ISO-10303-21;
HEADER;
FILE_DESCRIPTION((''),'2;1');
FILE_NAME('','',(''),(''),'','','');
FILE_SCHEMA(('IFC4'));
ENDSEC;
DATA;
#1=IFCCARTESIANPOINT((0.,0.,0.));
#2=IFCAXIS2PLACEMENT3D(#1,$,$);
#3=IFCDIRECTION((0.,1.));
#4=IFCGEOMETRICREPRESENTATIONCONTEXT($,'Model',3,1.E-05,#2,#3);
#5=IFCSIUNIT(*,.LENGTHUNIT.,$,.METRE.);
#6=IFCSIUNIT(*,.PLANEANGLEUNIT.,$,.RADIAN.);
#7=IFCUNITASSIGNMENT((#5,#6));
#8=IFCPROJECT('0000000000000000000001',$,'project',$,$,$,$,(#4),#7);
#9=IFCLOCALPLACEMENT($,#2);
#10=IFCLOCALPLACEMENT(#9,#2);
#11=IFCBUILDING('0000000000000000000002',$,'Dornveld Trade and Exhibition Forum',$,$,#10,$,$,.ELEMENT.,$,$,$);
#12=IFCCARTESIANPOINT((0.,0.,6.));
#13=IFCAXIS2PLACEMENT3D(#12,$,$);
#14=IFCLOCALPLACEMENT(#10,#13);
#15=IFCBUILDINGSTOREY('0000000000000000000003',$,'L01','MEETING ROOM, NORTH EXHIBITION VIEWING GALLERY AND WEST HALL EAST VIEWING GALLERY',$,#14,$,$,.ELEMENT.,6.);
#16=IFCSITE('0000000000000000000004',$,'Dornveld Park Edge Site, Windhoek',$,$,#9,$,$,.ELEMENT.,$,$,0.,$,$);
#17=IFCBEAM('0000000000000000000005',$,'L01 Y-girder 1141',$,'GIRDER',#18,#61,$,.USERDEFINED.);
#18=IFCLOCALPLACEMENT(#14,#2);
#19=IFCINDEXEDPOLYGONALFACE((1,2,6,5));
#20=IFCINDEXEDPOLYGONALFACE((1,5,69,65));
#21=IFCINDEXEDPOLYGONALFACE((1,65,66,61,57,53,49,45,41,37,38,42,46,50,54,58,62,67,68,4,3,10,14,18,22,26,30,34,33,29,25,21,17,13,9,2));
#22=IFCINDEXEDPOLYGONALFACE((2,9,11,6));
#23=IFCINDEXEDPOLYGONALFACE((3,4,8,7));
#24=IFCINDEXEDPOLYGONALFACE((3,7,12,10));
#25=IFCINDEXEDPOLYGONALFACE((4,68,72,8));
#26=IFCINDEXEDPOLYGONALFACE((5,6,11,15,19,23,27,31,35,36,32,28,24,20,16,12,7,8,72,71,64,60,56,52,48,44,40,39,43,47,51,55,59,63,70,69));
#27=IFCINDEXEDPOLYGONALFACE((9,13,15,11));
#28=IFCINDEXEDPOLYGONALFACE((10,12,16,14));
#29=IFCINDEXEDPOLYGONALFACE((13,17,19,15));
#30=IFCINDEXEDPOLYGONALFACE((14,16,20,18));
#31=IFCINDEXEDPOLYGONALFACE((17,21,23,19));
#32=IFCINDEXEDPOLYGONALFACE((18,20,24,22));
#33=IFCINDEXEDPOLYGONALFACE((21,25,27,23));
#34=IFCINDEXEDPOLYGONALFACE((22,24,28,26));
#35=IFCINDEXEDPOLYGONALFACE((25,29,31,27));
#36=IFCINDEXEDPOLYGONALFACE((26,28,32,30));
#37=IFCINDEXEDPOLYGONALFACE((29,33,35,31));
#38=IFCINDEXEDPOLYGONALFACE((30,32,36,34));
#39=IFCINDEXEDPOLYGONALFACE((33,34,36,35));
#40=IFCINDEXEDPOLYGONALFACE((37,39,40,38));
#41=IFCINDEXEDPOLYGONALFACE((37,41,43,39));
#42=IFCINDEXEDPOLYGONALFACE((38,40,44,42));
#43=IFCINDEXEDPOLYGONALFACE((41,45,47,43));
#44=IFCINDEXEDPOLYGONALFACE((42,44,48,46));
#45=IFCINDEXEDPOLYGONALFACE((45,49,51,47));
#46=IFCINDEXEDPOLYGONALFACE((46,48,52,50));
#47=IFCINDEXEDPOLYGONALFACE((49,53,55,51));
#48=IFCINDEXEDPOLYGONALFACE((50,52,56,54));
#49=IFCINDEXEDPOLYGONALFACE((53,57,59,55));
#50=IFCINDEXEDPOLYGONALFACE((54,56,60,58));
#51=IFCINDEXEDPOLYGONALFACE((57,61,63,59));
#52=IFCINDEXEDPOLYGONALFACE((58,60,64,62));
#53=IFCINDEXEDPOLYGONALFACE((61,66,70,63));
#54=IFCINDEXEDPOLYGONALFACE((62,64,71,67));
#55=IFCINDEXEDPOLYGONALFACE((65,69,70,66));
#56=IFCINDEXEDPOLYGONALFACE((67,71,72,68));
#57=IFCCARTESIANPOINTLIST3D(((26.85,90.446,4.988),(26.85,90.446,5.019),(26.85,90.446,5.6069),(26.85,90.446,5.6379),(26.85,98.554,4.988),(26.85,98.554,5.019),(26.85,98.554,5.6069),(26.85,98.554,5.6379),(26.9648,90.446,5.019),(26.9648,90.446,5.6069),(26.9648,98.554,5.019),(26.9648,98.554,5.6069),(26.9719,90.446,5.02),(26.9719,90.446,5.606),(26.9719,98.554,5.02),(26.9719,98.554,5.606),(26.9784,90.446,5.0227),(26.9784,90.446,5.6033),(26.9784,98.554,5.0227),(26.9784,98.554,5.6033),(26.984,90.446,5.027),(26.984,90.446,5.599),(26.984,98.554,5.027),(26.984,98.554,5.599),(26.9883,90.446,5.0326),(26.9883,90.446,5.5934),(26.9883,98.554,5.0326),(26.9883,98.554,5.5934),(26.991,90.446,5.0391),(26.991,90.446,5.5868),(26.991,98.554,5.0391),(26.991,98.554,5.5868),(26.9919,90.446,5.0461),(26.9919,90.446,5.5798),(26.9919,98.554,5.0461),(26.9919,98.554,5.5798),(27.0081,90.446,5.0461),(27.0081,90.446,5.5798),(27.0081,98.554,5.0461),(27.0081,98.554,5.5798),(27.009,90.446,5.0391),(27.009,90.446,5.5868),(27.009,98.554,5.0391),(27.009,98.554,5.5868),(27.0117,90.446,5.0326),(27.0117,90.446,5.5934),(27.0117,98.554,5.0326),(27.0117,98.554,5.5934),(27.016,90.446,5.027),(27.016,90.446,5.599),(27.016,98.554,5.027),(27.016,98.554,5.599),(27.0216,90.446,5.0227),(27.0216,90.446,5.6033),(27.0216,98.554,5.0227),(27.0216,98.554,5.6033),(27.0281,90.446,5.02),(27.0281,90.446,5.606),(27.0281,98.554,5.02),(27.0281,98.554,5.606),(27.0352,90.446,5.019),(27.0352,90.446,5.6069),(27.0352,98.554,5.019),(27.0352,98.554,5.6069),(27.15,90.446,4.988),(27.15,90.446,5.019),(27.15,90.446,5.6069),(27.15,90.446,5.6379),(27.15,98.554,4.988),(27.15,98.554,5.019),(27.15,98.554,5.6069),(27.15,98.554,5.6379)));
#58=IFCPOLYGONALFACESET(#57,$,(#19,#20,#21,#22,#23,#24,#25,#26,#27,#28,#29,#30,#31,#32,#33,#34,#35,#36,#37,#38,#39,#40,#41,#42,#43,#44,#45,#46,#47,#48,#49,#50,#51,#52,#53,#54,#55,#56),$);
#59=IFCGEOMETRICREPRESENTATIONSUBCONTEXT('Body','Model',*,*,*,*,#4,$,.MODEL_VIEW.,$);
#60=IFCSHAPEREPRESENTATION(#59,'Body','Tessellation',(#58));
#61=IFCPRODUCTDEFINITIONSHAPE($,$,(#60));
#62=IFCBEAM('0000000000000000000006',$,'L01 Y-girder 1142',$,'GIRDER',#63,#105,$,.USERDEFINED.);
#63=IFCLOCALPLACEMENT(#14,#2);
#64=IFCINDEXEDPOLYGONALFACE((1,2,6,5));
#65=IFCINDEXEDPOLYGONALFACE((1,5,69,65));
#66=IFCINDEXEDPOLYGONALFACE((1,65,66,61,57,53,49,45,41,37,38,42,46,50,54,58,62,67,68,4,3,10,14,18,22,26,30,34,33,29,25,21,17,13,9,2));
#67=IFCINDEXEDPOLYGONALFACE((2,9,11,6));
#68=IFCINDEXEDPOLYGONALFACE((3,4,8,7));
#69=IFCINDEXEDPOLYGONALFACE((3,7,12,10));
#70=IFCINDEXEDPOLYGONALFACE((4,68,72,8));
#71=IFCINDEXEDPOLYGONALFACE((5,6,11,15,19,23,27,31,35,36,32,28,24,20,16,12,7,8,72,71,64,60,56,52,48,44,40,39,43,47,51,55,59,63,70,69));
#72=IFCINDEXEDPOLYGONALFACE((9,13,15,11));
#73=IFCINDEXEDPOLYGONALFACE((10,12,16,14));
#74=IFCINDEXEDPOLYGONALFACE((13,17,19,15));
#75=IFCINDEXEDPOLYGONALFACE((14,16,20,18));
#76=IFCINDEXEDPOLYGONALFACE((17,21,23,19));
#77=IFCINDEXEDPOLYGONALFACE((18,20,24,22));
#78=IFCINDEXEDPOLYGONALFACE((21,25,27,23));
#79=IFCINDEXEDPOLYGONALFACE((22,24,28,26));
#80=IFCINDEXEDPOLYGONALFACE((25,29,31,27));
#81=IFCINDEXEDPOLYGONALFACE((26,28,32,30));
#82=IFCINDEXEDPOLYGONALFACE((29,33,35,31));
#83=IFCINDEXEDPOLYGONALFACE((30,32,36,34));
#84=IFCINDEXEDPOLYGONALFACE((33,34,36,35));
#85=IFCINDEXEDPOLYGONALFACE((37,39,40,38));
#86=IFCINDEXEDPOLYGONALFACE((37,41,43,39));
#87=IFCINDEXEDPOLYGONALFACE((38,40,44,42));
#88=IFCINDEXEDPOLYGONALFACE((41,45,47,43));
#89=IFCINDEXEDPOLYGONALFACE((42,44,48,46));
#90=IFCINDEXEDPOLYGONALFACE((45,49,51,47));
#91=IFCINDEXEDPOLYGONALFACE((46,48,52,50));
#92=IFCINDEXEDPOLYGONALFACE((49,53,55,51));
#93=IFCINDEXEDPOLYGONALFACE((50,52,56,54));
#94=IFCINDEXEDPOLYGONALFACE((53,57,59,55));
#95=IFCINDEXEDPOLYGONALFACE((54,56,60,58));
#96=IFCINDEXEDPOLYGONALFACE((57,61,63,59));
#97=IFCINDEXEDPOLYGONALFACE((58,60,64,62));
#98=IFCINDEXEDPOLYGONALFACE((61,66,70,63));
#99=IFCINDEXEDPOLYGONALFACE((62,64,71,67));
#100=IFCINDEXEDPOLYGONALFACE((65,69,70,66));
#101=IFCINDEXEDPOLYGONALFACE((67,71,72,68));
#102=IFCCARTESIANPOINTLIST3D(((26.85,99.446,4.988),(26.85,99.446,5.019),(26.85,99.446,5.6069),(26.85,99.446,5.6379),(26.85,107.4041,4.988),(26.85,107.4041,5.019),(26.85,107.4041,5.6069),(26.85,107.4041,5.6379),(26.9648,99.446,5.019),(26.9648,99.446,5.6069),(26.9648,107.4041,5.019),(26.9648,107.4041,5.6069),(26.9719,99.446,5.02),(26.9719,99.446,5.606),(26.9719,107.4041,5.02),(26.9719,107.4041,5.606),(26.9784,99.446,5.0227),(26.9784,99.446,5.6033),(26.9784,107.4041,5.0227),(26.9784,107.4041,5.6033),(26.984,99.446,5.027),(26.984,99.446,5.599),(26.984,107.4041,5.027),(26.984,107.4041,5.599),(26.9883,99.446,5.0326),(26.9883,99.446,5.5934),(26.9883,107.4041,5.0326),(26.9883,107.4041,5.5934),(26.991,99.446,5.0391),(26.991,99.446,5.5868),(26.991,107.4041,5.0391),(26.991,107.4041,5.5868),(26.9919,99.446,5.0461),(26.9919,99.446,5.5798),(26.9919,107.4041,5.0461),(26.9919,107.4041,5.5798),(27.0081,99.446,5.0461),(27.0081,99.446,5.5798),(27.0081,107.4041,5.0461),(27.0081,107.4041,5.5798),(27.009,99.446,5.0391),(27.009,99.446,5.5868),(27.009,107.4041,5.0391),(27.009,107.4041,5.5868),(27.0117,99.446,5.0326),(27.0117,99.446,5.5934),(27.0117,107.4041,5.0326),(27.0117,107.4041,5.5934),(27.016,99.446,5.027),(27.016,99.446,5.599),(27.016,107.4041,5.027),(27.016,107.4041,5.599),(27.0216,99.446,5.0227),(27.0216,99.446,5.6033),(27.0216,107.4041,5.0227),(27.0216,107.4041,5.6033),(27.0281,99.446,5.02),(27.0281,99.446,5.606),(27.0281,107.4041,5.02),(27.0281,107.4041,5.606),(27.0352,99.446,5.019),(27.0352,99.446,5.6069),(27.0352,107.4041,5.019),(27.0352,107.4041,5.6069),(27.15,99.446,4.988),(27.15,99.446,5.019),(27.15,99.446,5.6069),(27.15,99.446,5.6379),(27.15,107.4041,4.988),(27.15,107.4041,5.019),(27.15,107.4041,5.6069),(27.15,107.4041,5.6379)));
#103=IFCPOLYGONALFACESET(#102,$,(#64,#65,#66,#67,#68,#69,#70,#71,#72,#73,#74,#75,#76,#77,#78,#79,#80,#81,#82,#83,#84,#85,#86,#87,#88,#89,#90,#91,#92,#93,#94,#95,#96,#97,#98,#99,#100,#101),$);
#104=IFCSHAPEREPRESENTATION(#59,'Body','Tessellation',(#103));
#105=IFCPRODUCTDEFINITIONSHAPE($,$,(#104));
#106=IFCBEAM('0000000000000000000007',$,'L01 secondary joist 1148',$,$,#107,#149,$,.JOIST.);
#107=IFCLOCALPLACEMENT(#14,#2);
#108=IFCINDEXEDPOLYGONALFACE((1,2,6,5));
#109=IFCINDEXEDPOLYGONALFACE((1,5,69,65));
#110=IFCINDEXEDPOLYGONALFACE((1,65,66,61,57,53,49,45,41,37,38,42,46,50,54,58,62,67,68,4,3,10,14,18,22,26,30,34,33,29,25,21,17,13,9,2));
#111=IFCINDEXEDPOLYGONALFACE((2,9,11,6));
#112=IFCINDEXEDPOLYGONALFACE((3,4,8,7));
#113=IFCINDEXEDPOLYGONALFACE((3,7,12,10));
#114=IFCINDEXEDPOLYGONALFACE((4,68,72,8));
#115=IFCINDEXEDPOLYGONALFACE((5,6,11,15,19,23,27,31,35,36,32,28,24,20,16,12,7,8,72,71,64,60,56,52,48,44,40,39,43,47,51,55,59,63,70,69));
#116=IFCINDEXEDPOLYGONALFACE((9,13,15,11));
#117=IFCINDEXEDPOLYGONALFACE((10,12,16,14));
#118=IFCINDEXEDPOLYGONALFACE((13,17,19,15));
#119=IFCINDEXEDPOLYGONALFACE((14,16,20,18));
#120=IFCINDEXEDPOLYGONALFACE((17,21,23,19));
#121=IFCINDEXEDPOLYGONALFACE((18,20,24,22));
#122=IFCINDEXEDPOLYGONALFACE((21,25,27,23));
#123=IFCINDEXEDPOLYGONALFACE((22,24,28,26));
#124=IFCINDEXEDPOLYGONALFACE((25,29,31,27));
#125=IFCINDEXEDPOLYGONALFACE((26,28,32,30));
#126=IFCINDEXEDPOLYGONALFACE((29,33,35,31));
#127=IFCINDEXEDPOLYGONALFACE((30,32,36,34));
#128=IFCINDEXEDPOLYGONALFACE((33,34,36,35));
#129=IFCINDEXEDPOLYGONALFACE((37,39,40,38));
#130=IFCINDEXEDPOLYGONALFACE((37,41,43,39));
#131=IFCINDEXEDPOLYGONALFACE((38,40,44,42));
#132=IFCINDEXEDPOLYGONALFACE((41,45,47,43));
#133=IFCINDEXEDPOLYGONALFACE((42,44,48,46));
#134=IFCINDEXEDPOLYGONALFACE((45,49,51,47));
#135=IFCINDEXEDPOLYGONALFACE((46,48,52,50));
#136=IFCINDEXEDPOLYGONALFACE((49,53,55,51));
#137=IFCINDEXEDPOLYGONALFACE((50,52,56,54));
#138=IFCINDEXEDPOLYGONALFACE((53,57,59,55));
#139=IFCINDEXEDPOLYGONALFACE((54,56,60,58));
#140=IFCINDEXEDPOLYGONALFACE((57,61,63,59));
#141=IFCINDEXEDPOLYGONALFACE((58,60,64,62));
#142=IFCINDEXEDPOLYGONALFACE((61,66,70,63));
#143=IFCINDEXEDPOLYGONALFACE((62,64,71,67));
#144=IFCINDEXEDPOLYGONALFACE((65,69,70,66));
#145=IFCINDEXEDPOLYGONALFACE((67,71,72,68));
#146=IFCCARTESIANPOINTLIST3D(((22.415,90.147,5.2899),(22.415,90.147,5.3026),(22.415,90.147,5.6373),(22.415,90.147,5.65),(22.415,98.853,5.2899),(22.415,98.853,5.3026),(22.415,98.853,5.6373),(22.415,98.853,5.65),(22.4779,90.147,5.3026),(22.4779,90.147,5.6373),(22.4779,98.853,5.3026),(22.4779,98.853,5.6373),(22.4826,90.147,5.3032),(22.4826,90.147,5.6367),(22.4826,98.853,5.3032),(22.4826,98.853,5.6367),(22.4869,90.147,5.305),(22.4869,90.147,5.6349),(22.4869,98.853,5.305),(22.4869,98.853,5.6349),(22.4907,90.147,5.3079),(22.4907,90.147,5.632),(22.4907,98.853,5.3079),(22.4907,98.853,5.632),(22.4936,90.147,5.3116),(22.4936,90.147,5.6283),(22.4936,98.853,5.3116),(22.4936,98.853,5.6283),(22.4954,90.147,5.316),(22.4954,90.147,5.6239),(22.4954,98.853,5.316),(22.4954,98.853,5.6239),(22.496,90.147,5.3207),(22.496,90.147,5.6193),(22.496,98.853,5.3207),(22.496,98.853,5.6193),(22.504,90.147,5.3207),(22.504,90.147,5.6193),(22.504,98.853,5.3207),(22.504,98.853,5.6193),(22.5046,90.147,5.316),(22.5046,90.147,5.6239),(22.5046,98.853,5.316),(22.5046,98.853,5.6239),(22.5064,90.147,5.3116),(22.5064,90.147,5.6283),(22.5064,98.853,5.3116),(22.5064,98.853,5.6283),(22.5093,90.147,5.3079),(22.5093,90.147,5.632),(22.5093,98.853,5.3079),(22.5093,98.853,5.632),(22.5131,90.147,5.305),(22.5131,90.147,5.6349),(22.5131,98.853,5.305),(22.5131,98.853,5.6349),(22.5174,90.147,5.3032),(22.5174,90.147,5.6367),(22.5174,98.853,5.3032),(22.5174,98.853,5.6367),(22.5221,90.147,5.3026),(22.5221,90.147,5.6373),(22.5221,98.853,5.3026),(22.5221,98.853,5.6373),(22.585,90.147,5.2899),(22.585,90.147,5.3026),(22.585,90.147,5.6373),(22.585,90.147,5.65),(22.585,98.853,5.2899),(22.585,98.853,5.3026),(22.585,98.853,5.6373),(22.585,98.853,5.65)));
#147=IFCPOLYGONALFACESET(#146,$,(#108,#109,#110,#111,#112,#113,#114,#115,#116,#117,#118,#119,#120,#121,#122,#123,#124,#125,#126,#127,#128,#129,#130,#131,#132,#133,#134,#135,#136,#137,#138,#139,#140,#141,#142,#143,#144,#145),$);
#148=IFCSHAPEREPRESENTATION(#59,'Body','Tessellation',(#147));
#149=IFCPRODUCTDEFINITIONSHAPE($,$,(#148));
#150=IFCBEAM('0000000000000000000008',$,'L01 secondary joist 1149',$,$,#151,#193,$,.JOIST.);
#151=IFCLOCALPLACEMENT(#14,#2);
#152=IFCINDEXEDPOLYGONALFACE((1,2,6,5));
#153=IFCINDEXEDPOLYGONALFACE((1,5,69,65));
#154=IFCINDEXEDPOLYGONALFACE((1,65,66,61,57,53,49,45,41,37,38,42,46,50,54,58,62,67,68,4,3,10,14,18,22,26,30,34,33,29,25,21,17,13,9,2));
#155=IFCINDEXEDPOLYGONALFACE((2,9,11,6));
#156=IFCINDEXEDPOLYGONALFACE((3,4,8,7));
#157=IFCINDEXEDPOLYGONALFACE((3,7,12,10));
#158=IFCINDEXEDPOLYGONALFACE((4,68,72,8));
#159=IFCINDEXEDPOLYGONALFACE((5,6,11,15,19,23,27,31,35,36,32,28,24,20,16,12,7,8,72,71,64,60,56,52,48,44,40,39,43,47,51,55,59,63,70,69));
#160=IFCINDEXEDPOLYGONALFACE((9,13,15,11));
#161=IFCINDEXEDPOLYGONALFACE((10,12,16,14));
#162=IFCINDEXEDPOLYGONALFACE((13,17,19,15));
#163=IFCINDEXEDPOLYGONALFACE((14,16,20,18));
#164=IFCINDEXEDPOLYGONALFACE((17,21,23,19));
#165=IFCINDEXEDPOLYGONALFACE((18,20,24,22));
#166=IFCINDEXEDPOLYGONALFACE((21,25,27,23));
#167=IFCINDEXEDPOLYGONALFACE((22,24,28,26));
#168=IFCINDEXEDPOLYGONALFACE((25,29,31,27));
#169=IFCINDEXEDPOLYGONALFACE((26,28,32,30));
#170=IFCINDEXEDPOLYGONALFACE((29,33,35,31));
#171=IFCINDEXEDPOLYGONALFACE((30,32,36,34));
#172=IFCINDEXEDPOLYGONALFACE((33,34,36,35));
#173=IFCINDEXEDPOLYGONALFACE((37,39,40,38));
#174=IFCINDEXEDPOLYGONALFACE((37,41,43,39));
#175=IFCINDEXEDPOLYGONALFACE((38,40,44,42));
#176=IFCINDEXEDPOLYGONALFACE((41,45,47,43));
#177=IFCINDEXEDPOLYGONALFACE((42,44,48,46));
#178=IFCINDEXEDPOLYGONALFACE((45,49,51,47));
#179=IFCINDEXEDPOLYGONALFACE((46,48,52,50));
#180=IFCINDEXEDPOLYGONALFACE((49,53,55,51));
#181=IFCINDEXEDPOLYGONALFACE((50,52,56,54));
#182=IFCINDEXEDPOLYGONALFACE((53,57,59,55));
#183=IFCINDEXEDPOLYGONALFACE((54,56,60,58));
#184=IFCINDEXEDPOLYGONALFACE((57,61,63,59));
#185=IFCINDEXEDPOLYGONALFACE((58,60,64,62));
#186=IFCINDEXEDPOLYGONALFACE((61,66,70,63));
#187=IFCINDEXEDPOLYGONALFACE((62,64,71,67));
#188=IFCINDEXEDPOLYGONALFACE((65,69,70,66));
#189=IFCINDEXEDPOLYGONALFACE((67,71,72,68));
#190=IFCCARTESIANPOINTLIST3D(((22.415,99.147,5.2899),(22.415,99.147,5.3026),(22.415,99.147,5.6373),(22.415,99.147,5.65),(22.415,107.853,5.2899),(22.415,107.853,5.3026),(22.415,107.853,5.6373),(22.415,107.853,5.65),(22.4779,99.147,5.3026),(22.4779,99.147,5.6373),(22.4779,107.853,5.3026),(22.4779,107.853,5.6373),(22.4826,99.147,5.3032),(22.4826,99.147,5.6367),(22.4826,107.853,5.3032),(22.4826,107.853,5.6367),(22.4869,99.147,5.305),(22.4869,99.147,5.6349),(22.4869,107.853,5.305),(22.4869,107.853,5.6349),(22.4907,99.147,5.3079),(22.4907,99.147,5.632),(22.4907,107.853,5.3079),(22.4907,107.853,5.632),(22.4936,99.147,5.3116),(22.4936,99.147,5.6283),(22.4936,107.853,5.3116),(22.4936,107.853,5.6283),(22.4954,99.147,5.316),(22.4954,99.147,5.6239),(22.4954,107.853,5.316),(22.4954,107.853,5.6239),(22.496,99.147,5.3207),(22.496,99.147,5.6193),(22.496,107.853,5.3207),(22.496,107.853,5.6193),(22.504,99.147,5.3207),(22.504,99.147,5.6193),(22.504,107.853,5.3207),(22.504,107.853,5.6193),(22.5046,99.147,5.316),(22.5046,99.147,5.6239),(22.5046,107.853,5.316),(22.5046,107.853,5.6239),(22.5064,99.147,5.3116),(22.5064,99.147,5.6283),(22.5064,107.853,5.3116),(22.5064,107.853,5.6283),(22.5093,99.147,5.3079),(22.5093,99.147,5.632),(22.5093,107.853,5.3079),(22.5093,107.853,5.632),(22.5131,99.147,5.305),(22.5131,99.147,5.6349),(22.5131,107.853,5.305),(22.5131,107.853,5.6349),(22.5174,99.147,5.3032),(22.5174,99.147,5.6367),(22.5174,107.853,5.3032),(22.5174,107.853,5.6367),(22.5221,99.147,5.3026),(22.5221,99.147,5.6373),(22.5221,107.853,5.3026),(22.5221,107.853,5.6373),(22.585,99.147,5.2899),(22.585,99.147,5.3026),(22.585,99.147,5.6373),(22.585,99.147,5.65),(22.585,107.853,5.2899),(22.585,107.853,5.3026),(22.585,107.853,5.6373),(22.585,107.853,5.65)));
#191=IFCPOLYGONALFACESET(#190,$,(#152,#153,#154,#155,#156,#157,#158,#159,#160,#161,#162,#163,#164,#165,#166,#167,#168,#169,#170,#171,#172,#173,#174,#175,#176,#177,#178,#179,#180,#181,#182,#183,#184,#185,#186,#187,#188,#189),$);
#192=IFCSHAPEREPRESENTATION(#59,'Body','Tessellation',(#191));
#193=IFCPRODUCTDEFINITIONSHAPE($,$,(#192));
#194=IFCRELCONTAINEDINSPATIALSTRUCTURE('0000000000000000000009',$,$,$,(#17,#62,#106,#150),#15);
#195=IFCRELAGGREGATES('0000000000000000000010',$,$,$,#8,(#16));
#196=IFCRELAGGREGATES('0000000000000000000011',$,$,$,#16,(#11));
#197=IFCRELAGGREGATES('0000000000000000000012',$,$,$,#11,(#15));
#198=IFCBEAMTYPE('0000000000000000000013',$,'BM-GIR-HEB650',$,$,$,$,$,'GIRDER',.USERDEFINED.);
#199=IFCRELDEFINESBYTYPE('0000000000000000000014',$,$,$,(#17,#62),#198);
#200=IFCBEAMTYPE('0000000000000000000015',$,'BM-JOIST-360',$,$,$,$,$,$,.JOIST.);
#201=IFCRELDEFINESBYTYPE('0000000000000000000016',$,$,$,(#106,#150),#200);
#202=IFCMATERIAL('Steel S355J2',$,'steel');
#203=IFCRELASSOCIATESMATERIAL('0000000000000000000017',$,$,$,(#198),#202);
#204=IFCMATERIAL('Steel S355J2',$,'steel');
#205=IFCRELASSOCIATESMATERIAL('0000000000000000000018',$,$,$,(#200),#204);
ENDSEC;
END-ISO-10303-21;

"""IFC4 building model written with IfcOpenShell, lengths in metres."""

from ifc_helpers import new_model, si_unit, direction, frame, origin, origin_2d, place, context, subcontext, project, spatial, i_section, extrude, material, material_profile, profile_set, type_object, element, save


model = new_model("IFC4")

# Units and contexts
model_context = context("Model", 3, precision=1e-05, world=origin(), true_north=direction((0.0, 1.0)))
body_context = subcontext(model_context, "Body", "Model", "MODEL_VIEW")
ifc_project = project(units=[si_unit("LENGTHUNIT", "METRE"), si_unit("PLANEANGLEUNIT", "RADIAN")], contexts=[model_context])

# Site, building, storey
site_placement = place(None, origin())
site = spatial("IfcSite", under=ifc_project, at=site_placement, Name="Dornveld Park Edge Site, Windhoek", CompositionType="ELEMENT", RefElevation=0.0)
building_placement = place(site_placement, origin())
building = spatial("IfcBuilding", under=site, at=building_placement, Name="Dornveld Trade and Exhibition Forum", CompositionType="ELEMENT")
storey_placement = place(building_placement, frame((0.0, 0.0, 6.0)))
storey = spatial("IfcBuildingStorey", under=building, at=storey_placement, Name="L01", Description="MEETING ROOM, NORTH EXHIBITION VIEWING GALLERY AND WEST HALL EAST VIEWING GALLERY", CompositionType="ELEMENT", Elevation=6.0)

# Beams
ifc_material_1 = material(Name="Steel S355J2", Category="steel")
ifc_material_profile_1 = material_profile(ifc_material_1, i_section(OverallWidth=0.3, OverallDepth=0.6499, WebThickness=0.0161, FlangeThickness=0.031, FilletRadius=0.0271, at=origin_2d()), Name="HEB 650")
ifc_profile_set_1 = profile_set([ifc_material_profile_1], Name="Steel S355J2")
beam_type_1 = type_object("IfcBeamType", Name="BM-GIR-HEB650", ElementType="GIRDER", PredefinedType="USERDEFINED", material=ifc_profile_set_1)
for number, where, z_axis, x_axis, name in (
    (1, (27.0, 90.446, 5.313), (0.0, 1.0, 0.0), (-1.0, 0.0, 0.0), "L01 Y-girder 1141"),
):
    element("IfcBeam", number, at=place(storey_placement, frame(where, z_axis=z_axis, x_axis=x_axis)), inside=storey, type_object=beam_type_1, Name=name, ObjectType="GIRDER", PredefinedType="USERDEFINED", context=body_context, shape_type="SweptSolid", body=[
        extrude(i_section(OverallWidth=0.3, OverallDepth=0.6499, WebThickness=0.0161, FlangeThickness=0.031, FilletRadius=0.0271, at=origin_2d()), origin(), (0.0, 0.0, 1.0), 8.1079),
    ])
beam_1_placement = place(storey_placement, frame((27.0, 99.446, 5.313), z_axis=(0.0, 1.0, 0.0), x_axis=(-1.0, 0.0, 0.0)))
element("IfcBeam", 2, at=beam_1_placement, inside=storey, type_object=beam_type_1, Name="L01 Y-girder 1142", ObjectType="GIRDER", PredefinedType="USERDEFINED", context=body_context, shape_type="SweptSolid", body=[
    extrude(i_section(OverallWidth=0.3, OverallDepth=0.6499, WebThickness=0.0161, FlangeThickness=0.031, FilletRadius=0.0271, at=origin_2d()), origin(), (0.0, 0.0, 1.0), 7.958),
])
ifc_material_2 = material(Name="Steel S355J2", Category="steel")
ifc_material_profile_2 = material_profile(ifc_material_2, i_section(OverallWidth=0.1699, OverallDepth=0.3601, WebThickness=0.0081, FlangeThickness=0.0127, FilletRadius=0.0181, at=origin_2d()), Name="IPE 360")
ifc_profile_set_2 = profile_set([ifc_material_profile_2], Name="Steel S355J2")
beam_type_2 = type_object("IfcBeamType", Name="BM-JOIST-360", PredefinedType="JOIST", material=ifc_profile_set_2)
for number, where, z_axis, x_axis, name in (
    (3, (22.5, 90.147, 5.47), (0.0, 1.0, 0.0), (-1.0, 0.0, 0.0), "L01 secondary joist 1148"),
    (4, (22.5, 99.147, 5.47), (0.0, 1.0, 0.0), (-1.0, 0.0, 0.0), "L01 secondary joist 1149"),
):
    element("IfcBeam", number, at=place(storey_placement, frame(where, z_axis=z_axis, x_axis=x_axis)), inside=storey, type_object=beam_type_2, Name=name, PredefinedType="JOIST", context=body_context, shape_type="SweptSolid", body=[
        extrude(i_section(OverallWidth=0.1699, OverallDepth=0.3601, WebThickness=0.0081, FlangeThickness=0.0127, FilletRadius=0.0181, at=origin_2d()), origin(), (0.0, 0.0, 1.0), 8.7061),
    ])

save(model, "model.ifc")
